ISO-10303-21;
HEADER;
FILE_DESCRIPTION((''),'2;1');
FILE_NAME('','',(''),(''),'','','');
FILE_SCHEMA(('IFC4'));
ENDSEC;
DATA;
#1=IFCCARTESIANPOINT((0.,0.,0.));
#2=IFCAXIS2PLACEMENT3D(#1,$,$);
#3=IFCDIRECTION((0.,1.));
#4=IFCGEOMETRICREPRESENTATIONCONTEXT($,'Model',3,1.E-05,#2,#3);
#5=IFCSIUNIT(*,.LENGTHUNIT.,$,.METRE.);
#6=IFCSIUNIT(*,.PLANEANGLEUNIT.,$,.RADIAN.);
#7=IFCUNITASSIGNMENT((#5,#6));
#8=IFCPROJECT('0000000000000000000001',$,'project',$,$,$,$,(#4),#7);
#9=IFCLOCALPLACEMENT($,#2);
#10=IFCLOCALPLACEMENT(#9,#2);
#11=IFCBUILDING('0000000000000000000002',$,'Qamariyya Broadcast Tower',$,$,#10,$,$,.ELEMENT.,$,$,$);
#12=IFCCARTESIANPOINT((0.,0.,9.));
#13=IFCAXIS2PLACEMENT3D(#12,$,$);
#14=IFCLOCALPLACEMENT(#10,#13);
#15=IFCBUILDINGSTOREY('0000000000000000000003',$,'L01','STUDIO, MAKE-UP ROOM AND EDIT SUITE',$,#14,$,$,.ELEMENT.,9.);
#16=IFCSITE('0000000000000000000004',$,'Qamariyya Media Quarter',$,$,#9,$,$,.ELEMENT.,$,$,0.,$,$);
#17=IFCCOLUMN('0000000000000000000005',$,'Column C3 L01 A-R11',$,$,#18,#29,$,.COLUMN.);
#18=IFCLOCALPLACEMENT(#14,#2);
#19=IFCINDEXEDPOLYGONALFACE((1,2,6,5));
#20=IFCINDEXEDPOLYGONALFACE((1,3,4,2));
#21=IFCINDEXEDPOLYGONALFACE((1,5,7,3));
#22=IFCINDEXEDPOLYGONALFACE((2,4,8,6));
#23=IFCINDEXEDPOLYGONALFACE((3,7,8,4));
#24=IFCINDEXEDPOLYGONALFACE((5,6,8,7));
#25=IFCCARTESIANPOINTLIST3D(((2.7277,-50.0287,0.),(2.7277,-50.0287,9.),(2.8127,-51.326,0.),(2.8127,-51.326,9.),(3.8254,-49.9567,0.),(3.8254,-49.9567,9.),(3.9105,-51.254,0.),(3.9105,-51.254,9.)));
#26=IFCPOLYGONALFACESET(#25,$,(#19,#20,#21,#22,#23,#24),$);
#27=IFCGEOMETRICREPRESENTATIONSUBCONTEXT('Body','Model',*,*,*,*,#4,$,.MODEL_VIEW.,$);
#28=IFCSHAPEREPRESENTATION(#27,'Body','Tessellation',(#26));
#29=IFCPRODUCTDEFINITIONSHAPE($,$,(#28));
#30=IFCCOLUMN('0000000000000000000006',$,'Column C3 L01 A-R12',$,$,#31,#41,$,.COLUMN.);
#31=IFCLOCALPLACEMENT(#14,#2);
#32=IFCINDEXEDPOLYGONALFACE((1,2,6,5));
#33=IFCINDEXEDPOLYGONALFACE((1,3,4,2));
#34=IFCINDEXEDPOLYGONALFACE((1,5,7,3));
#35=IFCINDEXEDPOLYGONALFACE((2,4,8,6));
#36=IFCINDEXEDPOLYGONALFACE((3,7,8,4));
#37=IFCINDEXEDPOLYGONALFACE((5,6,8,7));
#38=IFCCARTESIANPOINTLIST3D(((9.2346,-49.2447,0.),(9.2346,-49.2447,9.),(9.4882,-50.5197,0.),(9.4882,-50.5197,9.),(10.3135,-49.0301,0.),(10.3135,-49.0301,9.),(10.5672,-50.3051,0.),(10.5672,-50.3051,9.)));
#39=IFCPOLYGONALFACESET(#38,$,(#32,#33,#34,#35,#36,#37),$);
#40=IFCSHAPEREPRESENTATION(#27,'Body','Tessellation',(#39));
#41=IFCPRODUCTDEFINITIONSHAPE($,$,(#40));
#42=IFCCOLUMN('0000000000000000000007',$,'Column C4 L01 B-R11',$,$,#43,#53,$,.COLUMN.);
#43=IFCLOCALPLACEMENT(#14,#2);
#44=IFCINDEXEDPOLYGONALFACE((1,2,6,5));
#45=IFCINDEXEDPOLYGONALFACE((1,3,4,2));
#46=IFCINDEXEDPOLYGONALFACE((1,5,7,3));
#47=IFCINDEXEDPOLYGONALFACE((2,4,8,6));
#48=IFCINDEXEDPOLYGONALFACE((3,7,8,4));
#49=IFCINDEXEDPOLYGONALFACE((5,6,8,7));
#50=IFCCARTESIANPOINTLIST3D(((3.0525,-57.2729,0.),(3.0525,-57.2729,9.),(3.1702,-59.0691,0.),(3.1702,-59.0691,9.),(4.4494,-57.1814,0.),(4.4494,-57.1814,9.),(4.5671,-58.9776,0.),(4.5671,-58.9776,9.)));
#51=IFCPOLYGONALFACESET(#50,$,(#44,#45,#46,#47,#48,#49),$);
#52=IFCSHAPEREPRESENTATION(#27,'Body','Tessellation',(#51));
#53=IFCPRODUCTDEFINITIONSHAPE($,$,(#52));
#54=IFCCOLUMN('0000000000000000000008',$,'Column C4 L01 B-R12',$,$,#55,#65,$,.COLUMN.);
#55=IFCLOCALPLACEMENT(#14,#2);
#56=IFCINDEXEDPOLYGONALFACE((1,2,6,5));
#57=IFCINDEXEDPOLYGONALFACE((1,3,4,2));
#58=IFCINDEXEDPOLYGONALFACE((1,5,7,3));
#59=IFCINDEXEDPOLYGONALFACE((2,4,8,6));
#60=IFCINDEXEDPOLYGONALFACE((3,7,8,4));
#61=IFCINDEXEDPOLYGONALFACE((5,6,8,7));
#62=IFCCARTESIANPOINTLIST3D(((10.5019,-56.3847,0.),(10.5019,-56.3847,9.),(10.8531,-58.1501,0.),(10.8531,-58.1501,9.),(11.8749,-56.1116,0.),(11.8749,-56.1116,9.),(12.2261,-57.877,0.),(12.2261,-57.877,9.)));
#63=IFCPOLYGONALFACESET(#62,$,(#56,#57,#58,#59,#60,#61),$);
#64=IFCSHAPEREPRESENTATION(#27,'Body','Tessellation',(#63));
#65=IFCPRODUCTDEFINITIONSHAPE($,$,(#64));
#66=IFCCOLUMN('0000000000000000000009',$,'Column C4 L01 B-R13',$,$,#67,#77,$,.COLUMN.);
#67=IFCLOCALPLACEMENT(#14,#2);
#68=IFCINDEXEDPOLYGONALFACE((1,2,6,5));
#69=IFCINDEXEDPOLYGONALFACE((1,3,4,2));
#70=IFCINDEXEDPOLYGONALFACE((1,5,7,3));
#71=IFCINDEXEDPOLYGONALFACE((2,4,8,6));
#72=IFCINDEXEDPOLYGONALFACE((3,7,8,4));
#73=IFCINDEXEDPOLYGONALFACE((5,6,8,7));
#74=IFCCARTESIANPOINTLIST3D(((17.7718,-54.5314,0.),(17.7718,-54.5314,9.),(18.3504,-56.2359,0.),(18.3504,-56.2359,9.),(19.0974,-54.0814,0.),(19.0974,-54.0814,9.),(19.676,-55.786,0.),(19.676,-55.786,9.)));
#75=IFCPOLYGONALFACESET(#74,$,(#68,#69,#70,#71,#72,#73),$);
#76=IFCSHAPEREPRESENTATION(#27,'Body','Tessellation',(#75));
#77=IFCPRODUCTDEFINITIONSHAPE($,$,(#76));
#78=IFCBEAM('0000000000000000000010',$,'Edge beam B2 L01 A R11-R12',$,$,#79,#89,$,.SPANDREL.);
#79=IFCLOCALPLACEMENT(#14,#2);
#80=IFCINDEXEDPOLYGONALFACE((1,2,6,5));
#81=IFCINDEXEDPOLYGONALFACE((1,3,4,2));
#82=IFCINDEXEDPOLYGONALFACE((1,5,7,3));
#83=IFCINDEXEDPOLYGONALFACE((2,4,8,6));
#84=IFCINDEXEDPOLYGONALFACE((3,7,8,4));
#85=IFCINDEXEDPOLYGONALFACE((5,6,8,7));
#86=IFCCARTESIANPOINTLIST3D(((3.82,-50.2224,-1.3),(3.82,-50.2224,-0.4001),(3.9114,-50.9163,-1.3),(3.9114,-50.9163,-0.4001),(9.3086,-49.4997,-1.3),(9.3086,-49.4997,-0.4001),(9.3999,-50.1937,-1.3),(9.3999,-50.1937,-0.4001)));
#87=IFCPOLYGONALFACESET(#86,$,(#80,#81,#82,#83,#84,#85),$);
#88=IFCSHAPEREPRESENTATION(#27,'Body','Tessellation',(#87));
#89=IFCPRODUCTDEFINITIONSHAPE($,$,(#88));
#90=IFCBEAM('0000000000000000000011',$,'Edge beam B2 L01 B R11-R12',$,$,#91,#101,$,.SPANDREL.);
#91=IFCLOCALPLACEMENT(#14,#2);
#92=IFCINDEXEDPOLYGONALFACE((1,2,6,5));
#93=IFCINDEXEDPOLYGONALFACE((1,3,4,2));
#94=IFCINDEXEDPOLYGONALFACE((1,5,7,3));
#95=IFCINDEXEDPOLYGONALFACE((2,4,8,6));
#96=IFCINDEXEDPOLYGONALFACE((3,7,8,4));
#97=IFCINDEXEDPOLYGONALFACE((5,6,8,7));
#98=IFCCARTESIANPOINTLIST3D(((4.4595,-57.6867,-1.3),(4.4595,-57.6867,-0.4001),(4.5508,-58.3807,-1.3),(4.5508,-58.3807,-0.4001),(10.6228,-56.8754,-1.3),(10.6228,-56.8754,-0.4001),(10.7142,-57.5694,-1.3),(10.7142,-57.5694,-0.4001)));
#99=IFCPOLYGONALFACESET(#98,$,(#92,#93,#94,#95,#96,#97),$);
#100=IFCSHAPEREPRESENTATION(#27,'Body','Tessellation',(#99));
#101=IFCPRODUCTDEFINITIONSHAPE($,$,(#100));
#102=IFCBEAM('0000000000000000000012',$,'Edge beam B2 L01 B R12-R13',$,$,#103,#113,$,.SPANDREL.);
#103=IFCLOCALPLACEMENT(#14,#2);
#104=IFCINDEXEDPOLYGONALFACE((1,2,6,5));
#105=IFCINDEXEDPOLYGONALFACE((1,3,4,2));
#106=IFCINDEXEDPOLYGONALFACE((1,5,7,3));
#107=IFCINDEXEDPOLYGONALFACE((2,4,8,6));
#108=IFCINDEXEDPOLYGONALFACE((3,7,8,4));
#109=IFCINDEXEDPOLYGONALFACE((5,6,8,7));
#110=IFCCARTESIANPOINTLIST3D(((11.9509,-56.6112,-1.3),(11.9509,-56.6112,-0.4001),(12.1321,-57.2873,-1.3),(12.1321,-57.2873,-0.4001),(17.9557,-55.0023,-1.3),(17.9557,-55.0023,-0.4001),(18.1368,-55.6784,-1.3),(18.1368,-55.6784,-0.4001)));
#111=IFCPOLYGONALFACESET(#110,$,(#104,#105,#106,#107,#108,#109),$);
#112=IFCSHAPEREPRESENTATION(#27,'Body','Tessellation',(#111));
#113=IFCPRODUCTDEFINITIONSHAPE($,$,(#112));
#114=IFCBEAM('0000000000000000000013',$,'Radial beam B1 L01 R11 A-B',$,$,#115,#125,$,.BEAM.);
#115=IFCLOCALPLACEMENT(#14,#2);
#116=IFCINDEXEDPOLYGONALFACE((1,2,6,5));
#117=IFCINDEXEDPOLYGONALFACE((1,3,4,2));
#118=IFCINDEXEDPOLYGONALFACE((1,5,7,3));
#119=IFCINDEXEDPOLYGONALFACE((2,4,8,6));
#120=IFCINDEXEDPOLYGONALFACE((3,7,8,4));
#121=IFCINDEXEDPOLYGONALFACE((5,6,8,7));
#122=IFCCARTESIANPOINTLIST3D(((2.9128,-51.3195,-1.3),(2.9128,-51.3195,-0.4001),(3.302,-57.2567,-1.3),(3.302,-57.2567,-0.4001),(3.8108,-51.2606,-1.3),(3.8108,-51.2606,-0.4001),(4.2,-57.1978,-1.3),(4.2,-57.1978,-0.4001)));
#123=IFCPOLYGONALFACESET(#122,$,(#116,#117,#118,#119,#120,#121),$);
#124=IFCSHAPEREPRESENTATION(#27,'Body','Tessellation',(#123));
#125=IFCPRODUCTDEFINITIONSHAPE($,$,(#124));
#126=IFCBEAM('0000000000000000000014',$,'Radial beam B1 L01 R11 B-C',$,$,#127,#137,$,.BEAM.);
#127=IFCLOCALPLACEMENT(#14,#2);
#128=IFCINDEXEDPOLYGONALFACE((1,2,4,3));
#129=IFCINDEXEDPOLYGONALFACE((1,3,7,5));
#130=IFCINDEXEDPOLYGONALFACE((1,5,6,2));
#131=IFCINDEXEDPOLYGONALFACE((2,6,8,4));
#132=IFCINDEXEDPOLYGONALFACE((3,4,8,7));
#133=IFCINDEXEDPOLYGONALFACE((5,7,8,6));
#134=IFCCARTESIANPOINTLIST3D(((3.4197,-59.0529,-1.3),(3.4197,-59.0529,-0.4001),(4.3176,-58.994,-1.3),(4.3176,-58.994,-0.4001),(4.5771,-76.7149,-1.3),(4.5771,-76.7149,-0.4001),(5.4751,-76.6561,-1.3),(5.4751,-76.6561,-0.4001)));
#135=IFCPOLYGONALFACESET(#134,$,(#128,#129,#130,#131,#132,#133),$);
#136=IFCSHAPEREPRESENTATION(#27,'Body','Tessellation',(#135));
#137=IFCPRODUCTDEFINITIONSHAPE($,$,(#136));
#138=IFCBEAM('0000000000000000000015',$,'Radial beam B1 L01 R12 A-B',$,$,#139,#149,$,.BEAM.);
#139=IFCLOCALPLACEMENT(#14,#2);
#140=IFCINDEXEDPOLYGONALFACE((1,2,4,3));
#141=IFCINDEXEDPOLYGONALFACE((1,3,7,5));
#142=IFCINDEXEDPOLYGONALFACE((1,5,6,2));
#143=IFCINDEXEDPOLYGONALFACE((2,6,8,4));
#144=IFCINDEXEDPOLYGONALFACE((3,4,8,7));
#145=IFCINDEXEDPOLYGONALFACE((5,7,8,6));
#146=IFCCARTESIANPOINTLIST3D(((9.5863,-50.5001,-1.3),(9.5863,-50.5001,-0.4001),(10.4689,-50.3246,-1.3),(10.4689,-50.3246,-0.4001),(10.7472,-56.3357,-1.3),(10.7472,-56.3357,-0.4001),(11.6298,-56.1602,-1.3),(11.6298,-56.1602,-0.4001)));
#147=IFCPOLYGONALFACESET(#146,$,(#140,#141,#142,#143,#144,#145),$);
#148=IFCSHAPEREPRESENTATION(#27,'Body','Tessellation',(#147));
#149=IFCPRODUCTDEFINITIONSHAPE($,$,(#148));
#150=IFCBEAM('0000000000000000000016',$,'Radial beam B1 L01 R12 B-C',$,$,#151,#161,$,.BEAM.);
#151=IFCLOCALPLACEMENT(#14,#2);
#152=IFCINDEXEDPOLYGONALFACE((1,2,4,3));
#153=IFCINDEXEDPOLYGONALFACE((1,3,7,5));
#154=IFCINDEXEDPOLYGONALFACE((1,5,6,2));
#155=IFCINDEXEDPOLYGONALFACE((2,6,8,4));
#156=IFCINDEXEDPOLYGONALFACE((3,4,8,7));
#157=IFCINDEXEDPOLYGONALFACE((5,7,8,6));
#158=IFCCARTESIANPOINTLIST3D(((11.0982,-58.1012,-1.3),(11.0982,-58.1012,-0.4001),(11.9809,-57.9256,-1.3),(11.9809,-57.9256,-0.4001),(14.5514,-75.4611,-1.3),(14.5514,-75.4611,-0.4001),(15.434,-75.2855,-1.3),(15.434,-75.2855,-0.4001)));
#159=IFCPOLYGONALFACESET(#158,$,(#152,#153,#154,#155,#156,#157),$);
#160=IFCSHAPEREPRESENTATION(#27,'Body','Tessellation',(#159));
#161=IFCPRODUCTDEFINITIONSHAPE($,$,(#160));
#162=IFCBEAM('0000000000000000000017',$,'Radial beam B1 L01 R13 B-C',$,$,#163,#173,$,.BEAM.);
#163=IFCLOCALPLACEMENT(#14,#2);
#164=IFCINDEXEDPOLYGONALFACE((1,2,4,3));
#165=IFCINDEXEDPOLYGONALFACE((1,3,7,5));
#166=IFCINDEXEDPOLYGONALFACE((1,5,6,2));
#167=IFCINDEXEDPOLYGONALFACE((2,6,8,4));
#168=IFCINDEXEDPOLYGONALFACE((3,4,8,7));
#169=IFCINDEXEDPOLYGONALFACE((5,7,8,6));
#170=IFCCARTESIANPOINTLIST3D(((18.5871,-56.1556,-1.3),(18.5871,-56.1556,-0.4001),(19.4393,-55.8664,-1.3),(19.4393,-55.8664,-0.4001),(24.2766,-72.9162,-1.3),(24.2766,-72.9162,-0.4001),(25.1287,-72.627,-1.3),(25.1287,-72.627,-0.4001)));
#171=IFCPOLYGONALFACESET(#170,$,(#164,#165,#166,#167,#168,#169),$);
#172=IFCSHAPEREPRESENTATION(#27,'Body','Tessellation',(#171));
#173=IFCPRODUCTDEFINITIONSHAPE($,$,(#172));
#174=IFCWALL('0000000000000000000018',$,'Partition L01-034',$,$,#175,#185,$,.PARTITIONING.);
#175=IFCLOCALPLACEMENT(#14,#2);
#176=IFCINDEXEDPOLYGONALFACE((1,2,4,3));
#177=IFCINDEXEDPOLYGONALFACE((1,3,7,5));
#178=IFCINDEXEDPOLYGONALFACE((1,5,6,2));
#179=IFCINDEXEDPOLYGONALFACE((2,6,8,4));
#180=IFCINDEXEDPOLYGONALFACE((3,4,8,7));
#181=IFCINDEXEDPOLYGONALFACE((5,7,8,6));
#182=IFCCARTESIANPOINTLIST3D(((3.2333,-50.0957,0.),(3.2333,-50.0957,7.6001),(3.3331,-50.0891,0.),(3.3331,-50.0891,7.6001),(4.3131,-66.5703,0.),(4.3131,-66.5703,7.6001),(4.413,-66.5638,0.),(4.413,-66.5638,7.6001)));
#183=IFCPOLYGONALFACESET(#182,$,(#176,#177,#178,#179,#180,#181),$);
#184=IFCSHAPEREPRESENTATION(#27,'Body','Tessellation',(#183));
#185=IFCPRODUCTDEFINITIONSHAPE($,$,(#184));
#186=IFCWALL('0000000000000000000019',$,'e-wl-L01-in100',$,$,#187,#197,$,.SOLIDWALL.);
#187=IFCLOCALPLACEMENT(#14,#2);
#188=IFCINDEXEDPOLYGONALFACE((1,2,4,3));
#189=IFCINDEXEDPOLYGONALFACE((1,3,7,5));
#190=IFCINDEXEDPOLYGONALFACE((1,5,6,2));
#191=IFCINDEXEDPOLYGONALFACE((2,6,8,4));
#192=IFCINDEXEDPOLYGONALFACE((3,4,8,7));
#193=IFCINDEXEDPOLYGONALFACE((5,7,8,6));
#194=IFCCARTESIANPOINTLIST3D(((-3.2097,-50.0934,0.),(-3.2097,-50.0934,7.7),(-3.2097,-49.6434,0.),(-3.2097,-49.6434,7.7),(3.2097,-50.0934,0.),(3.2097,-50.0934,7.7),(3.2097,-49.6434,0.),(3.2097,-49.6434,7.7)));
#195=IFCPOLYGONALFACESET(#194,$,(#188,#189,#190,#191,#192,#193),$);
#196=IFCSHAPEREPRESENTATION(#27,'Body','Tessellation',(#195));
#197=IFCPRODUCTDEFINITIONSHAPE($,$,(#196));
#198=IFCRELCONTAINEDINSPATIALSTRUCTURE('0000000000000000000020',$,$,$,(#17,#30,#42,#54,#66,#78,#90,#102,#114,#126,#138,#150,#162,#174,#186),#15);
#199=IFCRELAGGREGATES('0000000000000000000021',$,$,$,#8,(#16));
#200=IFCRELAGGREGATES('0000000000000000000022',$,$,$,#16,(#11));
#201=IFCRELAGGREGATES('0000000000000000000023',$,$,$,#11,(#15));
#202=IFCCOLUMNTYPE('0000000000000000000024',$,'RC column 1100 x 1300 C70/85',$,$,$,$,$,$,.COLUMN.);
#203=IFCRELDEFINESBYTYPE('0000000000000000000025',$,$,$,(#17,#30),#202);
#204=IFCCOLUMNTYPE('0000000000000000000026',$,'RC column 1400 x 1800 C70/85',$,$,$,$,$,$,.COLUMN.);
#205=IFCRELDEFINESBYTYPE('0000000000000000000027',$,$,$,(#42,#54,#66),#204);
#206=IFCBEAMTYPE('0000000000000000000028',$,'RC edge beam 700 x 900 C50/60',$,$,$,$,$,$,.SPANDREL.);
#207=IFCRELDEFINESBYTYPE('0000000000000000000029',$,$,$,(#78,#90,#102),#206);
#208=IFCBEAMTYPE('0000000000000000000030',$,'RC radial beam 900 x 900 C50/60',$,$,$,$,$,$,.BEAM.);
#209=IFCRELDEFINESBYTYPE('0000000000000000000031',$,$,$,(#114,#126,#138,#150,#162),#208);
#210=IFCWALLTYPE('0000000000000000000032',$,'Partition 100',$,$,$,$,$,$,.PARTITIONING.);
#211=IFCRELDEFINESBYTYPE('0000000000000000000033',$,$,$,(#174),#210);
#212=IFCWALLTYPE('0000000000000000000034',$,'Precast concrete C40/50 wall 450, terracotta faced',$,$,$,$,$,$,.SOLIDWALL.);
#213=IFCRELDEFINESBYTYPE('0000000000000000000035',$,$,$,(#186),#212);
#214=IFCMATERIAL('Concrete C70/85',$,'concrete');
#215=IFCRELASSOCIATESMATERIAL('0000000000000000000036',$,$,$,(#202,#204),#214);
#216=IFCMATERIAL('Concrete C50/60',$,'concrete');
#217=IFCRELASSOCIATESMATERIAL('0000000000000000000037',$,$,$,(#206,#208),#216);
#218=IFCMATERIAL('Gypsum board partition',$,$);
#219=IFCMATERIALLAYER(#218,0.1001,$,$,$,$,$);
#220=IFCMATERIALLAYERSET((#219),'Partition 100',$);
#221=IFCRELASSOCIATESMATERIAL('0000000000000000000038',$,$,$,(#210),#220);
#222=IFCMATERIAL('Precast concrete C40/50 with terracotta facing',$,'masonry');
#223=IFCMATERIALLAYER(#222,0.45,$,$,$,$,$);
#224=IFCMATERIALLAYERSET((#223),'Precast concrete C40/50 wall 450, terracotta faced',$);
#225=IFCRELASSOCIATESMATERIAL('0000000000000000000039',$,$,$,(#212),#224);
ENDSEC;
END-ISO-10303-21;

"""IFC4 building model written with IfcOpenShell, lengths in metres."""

from ifc_helpers import new_model, si_unit, direction, frame, frame_2d, origin, origin_2d, place, context, subcontext, project, spatial, rectangle, extrude, material, layer, layer_set, material_profile, profile_set, type_object, element, save


model = new_model("IFC4")

# Units and contexts
model_context = context("Model", 3, precision=1e-05, world=origin(), true_north=direction((0.0, 1.0)))
body_context = subcontext(model_context, "Body", "Model", "MODEL_VIEW")
ifc_project = project(units=[si_unit("LENGTHUNIT", "METRE"), si_unit("PLANEANGLEUNIT", "RADIAN")], contexts=[model_context])

# Site, building, storey
site_placement = place(None, origin())
site = spatial("IfcSite", under=ifc_project, at=site_placement, Name="Qamariyya Media Quarter", CompositionType="ELEMENT", RefElevation=0.0)
building_placement = place(site_placement, origin())
building = spatial("IfcBuilding", under=site, at=building_placement, Name="Qamariyya Broadcast Tower", CompositionType="ELEMENT")
storey_placement = place(building_placement, frame((0.0, 0.0, 9.0)))
storey = spatial("IfcBuildingStorey", under=building, at=storey_placement, Name="L01", Description="STUDIO, MAKE-UP ROOM AND EDIT SUITE", CompositionType="ELEMENT", Elevation=9.0)

# Columns
ifc_material_1 = material(Name="Concrete C70/85", Category="concrete")
ifc_material_profile_1 = material_profile(ifc_material_1, rectangle(XDim=1.1001, YDim=1.3, at=origin_2d()))
ifc_profile_set_1 = profile_set([ifc_material_profile_1], Name="Concrete C70/85")
column_type_1 = type_object("IfcColumnType", Name="RC column 1100 x 1300 C70/85", PredefinedType="COLUMN", material=ifc_profile_set_1)
for number, where, z_axis, x_axis, name in (
    (1, (3.3191, -50.6414, 0.0), (0.0, 0.0, 1.0), (0.997859, 0.065403, 0.0), "Column C3 L01 A-R11"),
    (2, (9.9009, -49.7749, 0.0), (0.0, 0.0, 1.0), (0.980785, 0.19509, 0.0), "Column C3 L01 A-R12"),
):
    element("IfcColumn", number, at=place(storey_placement, frame(where, z_axis=z_axis, x_axis=x_axis)), inside=storey, type_object=column_type_1, Name=name, PredefinedType="COLUMN", context=body_context, shape_type="SweptSolid", body=[
        extrude(rectangle(XDim=1.1001, YDim=1.3, at=origin_2d()), origin(), (0.0, 0.0, 1.0), 9.0),
    ])
ifc_material_profile_2 = material_profile(ifc_material_1, rectangle(XDim=1.3999, YDim=1.8, at=origin_2d()))
ifc_profile_set_2 = profile_set([ifc_material_profile_2], Name="Concrete C70/85")
column_type_2 = type_object("IfcColumnType", Name="RC column 1400 x 1800 C70/85", PredefinedType="COLUMN", material=ifc_profile_set_2)
for number, where, z_axis, x_axis, name in (
    (3, (3.8098, -58.1252, 0.0), (0.0, 0.0, 1.0), (0.997859, 0.065403, 0.0), "Column C4 L01 B-R11"),
    (4, (11.364, -57.1309, 0.0), (0.0, 0.0, 1.0), (0.980785, 0.19509, 0.0), "Column C4 L01 B-R12"),
    (5, (18.7239, -55.1587, 0.0), (0.0, 0.0, 1.0), (0.94693, 0.321439, 0.0), "Column C4 L01 B-R13"),
):
    element("IfcColumn", number, at=place(storey_placement, frame(where, z_axis=z_axis, x_axis=x_axis)), inside=storey, type_object=column_type_2, Name=name, PredefinedType="COLUMN", context=body_context, shape_type="SweptSolid", body=[
        extrude(rectangle(XDim=1.3999, YDim=1.8, at=origin_2d()), origin(), (0.0, 0.0, 1.0), 9.0),
    ])

# Beams
ifc_material_2 = material(Name="Concrete C50/60", Category="concrete")
ifc_material_profile_3 = material_profile(ifc_material_2, rectangle(XDim=0.7, YDim=0.8999, at=origin_2d()))
ifc_profile_set_3 = profile_set([ifc_material_profile_3], Name="Concrete C50/60")
beam_type_1 = type_object("IfcBeamType", Name="RC edge beam 700 x 900 C50/60", PredefinedType="SPANDREL", material=ifc_profile_set_3)
beam_1_placement = place(storey_placement, frame((3.8657, -50.5693, -0.8501), z_axis=(0.991443, 0.13054, 0.0), x_axis=(-0.13054, 0.991443, 0.0)))
element("IfcBeam", 6, at=beam_1_placement, inside=storey, type_object=beam_type_1, Name="Edge beam B2 L01 A R11-R12", PredefinedType="SPANDREL", context=body_context, shape_type="SweptSolid", body=[
    extrude(rectangle(XDim=0.7, YDim=0.8999, at=origin_2d()), origin(), (0.0, 0.0, 1.0), 5.5359),
])
for number, where, z_axis, x_axis, name in (
    (7, (4.5051, -58.0337, -0.8501), (0.991448, 0.130504, 0.0), (-0.130504, 0.991448, 0.0), "Edge beam B2 L01 B R11-R12"),
    (8, (12.0415, -56.9492, -0.8501), (0.965928, 0.258811, 0.0), (-0.258811, 0.965928, 0.0), "Edge beam B2 L01 B R12-R13"),
):
    element("IfcBeam", number, at=place(storey_placement, frame(where, z_axis=z_axis, x_axis=x_axis)), inside=storey, type_object=beam_type_1, Name=name, PredefinedType="SPANDREL", context=body_context, shape_type="SweptSolid", body=[
        extrude(rectangle(XDim=0.7, YDim=0.8999, at=origin_2d()), origin(), (0.0, 0.0, 1.0), 6.2166),
    ])
ifc_material_profile_4 = material_profile(ifc_material_2, rectangle(XDim=0.8999, YDim=0.8999, at=origin_2d()))
ifc_profile_set_4 = profile_set([ifc_material_profile_4], Name="Concrete C50/60")
beam_type_2 = type_object("IfcBeamType", Name="RC radial beam 900 x 900 C50/60", PredefinedType="BEAM", material=ifc_profile_set_4)
beam_2_placement = place(storey_placement, frame((3.3618, -51.29, -0.8501), z_axis=(0.065405, -0.997859, 0.0), x_axis=(0.997859, 0.065405, 0.0)))
element("IfcBeam", 9, at=beam_2_placement, inside=storey, type_object=beam_type_2, Name="Radial beam B1 L01 R11 A-B", PredefinedType="BEAM", context=body_context, shape_type="SweptSolid", body=[
    extrude(rectangle(XDim=0.8999, YDim=0.8999, at=origin_2d()), origin(), (0.0, 0.0, 1.0), 5.95),
])
beam_3_placement = place(storey_placement, frame((3.8687, -59.0234, -0.8501), z_axis=(0.065394, -0.99786, 0.0), x_axis=(0.99786, 0.065394, 0.0)))
element("IfcBeam", 10, at=beam_3_placement, inside=storey, type_object=beam_type_2, Name="Radial beam B1 L01 R11 B-C", PredefinedType="BEAM", context=body_context, shape_type="SweptSolid", body=[
    extrude(rectangle(XDim=0.8999, YDim=0.8999, at=origin_2d()), origin(), (0.0, 0.0, 1.0), 17.7),
])
beam_4_placement = place(storey_placement, frame((10.0276, -50.4124, -0.8501), z_axis=(0.195106, -0.980782, 0.0), x_axis=(0.980782, 0.195106, 0.0)))
element("IfcBeam", 11, at=beam_4_placement, inside=storey, type_object=beam_type_2, Name="Radial beam B1 L01 R12 A-B", PredefinedType="BEAM", context=body_context, shape_type="SweptSolid", body=[
    extrude(rectangle(XDim=0.8999, YDim=0.8999, at=origin_2d()), origin(), (0.0, 0.0, 1.0), 5.95),
])
for number, where, z_axis, x_axis, name in (
    (12, (11.5396, -58.0134, -0.8501), (0.195092, -0.980785, 0.0), (0.980785, 0.195092, 0.0), "Radial beam B1 L01 R12 B-C"),
    (13, (19.0132, -56.011, -0.8501), (0.321441, -0.94693, 0.0), (0.94693, 0.321441, 0.0), "Radial beam B1 L01 R13 B-C"),
):
    element("IfcBeam", number, at=place(storey_placement, frame(where, z_axis=z_axis, x_axis=x_axis)), inside=storey, type_object=beam_type_2, Name=name, PredefinedType="BEAM", context=body_context, shape_type="SweptSolid", body=[
        extrude(rectangle(XDim=0.8999, YDim=0.8999, at=origin_2d()), origin(), (0.0, 0.0, 1.0), 17.7),
    ])

# Walls
ifc_material_3 = material(Name="Gypsum board partition")
ifc_layer_1 = layer(ifc_material_3, 0.1001)
ifc_layer_set_1 = layer_set([ifc_layer_1], Name="Partition 100")
wall_type_1 = type_object("IfcWallType", Name="Partition 100", PredefinedType="PARTITIONING", material=ifc_layer_set_1)
wall_1_placement = place(storey_placement, frame((3.2832, -50.0925, 0.0), z_axis=(0.0, 0.0, 1.0), x_axis=(0.065405, -0.997859, 0.0)))
element("IfcWall", 14, at=wall_1_placement, inside=storey, type_object=wall_type_1, Name="Partition L01-034", PredefinedType="PARTITIONING", context=body_context, shape_type="SweptSolid", body=[
    extrude(rectangle(XDim=16.51, YDim=0.1001, at=frame_2d((8.2549, 0.0))), origin(), (0.0, 0.0, 1.0), 7.6001),
])
ifc_material_4 = material(Name="Precast concrete C40/50 with terracotta facing", Category="masonry")
ifc_layer_2 = layer(ifc_material_4, 0.45)
ifc_layer_set_2 = layer_set([ifc_layer_2], Name="Precast concrete C40/50 wall 450, terracotta faced")
wall_type_2 = type_object("IfcWallType", Name="Precast concrete C40/50 wall 450, terracotta faced", PredefinedType="SOLIDWALL", material=ifc_layer_set_2)
wall_2_placement = place(storey_placement, frame((3.2097, -49.8684, 0.0), z_axis=(0.0, 0.0, 1.0), x_axis=(-1.0, 0.0, 0.0)))
element("IfcWall", 15, at=wall_2_placement, inside=storey, type_object=wall_type_2, Name="e-wl-L01-in100", PredefinedType="SOLIDWALL", context=body_context, shape_type="SweptSolid", body=[
    extrude(rectangle(XDim=6.4194, YDim=0.45, at=frame_2d((3.2097, 0.0))), origin(), (0.0, 0.0, 1.0), 7.7),
])

save(model, "model.ifc")
